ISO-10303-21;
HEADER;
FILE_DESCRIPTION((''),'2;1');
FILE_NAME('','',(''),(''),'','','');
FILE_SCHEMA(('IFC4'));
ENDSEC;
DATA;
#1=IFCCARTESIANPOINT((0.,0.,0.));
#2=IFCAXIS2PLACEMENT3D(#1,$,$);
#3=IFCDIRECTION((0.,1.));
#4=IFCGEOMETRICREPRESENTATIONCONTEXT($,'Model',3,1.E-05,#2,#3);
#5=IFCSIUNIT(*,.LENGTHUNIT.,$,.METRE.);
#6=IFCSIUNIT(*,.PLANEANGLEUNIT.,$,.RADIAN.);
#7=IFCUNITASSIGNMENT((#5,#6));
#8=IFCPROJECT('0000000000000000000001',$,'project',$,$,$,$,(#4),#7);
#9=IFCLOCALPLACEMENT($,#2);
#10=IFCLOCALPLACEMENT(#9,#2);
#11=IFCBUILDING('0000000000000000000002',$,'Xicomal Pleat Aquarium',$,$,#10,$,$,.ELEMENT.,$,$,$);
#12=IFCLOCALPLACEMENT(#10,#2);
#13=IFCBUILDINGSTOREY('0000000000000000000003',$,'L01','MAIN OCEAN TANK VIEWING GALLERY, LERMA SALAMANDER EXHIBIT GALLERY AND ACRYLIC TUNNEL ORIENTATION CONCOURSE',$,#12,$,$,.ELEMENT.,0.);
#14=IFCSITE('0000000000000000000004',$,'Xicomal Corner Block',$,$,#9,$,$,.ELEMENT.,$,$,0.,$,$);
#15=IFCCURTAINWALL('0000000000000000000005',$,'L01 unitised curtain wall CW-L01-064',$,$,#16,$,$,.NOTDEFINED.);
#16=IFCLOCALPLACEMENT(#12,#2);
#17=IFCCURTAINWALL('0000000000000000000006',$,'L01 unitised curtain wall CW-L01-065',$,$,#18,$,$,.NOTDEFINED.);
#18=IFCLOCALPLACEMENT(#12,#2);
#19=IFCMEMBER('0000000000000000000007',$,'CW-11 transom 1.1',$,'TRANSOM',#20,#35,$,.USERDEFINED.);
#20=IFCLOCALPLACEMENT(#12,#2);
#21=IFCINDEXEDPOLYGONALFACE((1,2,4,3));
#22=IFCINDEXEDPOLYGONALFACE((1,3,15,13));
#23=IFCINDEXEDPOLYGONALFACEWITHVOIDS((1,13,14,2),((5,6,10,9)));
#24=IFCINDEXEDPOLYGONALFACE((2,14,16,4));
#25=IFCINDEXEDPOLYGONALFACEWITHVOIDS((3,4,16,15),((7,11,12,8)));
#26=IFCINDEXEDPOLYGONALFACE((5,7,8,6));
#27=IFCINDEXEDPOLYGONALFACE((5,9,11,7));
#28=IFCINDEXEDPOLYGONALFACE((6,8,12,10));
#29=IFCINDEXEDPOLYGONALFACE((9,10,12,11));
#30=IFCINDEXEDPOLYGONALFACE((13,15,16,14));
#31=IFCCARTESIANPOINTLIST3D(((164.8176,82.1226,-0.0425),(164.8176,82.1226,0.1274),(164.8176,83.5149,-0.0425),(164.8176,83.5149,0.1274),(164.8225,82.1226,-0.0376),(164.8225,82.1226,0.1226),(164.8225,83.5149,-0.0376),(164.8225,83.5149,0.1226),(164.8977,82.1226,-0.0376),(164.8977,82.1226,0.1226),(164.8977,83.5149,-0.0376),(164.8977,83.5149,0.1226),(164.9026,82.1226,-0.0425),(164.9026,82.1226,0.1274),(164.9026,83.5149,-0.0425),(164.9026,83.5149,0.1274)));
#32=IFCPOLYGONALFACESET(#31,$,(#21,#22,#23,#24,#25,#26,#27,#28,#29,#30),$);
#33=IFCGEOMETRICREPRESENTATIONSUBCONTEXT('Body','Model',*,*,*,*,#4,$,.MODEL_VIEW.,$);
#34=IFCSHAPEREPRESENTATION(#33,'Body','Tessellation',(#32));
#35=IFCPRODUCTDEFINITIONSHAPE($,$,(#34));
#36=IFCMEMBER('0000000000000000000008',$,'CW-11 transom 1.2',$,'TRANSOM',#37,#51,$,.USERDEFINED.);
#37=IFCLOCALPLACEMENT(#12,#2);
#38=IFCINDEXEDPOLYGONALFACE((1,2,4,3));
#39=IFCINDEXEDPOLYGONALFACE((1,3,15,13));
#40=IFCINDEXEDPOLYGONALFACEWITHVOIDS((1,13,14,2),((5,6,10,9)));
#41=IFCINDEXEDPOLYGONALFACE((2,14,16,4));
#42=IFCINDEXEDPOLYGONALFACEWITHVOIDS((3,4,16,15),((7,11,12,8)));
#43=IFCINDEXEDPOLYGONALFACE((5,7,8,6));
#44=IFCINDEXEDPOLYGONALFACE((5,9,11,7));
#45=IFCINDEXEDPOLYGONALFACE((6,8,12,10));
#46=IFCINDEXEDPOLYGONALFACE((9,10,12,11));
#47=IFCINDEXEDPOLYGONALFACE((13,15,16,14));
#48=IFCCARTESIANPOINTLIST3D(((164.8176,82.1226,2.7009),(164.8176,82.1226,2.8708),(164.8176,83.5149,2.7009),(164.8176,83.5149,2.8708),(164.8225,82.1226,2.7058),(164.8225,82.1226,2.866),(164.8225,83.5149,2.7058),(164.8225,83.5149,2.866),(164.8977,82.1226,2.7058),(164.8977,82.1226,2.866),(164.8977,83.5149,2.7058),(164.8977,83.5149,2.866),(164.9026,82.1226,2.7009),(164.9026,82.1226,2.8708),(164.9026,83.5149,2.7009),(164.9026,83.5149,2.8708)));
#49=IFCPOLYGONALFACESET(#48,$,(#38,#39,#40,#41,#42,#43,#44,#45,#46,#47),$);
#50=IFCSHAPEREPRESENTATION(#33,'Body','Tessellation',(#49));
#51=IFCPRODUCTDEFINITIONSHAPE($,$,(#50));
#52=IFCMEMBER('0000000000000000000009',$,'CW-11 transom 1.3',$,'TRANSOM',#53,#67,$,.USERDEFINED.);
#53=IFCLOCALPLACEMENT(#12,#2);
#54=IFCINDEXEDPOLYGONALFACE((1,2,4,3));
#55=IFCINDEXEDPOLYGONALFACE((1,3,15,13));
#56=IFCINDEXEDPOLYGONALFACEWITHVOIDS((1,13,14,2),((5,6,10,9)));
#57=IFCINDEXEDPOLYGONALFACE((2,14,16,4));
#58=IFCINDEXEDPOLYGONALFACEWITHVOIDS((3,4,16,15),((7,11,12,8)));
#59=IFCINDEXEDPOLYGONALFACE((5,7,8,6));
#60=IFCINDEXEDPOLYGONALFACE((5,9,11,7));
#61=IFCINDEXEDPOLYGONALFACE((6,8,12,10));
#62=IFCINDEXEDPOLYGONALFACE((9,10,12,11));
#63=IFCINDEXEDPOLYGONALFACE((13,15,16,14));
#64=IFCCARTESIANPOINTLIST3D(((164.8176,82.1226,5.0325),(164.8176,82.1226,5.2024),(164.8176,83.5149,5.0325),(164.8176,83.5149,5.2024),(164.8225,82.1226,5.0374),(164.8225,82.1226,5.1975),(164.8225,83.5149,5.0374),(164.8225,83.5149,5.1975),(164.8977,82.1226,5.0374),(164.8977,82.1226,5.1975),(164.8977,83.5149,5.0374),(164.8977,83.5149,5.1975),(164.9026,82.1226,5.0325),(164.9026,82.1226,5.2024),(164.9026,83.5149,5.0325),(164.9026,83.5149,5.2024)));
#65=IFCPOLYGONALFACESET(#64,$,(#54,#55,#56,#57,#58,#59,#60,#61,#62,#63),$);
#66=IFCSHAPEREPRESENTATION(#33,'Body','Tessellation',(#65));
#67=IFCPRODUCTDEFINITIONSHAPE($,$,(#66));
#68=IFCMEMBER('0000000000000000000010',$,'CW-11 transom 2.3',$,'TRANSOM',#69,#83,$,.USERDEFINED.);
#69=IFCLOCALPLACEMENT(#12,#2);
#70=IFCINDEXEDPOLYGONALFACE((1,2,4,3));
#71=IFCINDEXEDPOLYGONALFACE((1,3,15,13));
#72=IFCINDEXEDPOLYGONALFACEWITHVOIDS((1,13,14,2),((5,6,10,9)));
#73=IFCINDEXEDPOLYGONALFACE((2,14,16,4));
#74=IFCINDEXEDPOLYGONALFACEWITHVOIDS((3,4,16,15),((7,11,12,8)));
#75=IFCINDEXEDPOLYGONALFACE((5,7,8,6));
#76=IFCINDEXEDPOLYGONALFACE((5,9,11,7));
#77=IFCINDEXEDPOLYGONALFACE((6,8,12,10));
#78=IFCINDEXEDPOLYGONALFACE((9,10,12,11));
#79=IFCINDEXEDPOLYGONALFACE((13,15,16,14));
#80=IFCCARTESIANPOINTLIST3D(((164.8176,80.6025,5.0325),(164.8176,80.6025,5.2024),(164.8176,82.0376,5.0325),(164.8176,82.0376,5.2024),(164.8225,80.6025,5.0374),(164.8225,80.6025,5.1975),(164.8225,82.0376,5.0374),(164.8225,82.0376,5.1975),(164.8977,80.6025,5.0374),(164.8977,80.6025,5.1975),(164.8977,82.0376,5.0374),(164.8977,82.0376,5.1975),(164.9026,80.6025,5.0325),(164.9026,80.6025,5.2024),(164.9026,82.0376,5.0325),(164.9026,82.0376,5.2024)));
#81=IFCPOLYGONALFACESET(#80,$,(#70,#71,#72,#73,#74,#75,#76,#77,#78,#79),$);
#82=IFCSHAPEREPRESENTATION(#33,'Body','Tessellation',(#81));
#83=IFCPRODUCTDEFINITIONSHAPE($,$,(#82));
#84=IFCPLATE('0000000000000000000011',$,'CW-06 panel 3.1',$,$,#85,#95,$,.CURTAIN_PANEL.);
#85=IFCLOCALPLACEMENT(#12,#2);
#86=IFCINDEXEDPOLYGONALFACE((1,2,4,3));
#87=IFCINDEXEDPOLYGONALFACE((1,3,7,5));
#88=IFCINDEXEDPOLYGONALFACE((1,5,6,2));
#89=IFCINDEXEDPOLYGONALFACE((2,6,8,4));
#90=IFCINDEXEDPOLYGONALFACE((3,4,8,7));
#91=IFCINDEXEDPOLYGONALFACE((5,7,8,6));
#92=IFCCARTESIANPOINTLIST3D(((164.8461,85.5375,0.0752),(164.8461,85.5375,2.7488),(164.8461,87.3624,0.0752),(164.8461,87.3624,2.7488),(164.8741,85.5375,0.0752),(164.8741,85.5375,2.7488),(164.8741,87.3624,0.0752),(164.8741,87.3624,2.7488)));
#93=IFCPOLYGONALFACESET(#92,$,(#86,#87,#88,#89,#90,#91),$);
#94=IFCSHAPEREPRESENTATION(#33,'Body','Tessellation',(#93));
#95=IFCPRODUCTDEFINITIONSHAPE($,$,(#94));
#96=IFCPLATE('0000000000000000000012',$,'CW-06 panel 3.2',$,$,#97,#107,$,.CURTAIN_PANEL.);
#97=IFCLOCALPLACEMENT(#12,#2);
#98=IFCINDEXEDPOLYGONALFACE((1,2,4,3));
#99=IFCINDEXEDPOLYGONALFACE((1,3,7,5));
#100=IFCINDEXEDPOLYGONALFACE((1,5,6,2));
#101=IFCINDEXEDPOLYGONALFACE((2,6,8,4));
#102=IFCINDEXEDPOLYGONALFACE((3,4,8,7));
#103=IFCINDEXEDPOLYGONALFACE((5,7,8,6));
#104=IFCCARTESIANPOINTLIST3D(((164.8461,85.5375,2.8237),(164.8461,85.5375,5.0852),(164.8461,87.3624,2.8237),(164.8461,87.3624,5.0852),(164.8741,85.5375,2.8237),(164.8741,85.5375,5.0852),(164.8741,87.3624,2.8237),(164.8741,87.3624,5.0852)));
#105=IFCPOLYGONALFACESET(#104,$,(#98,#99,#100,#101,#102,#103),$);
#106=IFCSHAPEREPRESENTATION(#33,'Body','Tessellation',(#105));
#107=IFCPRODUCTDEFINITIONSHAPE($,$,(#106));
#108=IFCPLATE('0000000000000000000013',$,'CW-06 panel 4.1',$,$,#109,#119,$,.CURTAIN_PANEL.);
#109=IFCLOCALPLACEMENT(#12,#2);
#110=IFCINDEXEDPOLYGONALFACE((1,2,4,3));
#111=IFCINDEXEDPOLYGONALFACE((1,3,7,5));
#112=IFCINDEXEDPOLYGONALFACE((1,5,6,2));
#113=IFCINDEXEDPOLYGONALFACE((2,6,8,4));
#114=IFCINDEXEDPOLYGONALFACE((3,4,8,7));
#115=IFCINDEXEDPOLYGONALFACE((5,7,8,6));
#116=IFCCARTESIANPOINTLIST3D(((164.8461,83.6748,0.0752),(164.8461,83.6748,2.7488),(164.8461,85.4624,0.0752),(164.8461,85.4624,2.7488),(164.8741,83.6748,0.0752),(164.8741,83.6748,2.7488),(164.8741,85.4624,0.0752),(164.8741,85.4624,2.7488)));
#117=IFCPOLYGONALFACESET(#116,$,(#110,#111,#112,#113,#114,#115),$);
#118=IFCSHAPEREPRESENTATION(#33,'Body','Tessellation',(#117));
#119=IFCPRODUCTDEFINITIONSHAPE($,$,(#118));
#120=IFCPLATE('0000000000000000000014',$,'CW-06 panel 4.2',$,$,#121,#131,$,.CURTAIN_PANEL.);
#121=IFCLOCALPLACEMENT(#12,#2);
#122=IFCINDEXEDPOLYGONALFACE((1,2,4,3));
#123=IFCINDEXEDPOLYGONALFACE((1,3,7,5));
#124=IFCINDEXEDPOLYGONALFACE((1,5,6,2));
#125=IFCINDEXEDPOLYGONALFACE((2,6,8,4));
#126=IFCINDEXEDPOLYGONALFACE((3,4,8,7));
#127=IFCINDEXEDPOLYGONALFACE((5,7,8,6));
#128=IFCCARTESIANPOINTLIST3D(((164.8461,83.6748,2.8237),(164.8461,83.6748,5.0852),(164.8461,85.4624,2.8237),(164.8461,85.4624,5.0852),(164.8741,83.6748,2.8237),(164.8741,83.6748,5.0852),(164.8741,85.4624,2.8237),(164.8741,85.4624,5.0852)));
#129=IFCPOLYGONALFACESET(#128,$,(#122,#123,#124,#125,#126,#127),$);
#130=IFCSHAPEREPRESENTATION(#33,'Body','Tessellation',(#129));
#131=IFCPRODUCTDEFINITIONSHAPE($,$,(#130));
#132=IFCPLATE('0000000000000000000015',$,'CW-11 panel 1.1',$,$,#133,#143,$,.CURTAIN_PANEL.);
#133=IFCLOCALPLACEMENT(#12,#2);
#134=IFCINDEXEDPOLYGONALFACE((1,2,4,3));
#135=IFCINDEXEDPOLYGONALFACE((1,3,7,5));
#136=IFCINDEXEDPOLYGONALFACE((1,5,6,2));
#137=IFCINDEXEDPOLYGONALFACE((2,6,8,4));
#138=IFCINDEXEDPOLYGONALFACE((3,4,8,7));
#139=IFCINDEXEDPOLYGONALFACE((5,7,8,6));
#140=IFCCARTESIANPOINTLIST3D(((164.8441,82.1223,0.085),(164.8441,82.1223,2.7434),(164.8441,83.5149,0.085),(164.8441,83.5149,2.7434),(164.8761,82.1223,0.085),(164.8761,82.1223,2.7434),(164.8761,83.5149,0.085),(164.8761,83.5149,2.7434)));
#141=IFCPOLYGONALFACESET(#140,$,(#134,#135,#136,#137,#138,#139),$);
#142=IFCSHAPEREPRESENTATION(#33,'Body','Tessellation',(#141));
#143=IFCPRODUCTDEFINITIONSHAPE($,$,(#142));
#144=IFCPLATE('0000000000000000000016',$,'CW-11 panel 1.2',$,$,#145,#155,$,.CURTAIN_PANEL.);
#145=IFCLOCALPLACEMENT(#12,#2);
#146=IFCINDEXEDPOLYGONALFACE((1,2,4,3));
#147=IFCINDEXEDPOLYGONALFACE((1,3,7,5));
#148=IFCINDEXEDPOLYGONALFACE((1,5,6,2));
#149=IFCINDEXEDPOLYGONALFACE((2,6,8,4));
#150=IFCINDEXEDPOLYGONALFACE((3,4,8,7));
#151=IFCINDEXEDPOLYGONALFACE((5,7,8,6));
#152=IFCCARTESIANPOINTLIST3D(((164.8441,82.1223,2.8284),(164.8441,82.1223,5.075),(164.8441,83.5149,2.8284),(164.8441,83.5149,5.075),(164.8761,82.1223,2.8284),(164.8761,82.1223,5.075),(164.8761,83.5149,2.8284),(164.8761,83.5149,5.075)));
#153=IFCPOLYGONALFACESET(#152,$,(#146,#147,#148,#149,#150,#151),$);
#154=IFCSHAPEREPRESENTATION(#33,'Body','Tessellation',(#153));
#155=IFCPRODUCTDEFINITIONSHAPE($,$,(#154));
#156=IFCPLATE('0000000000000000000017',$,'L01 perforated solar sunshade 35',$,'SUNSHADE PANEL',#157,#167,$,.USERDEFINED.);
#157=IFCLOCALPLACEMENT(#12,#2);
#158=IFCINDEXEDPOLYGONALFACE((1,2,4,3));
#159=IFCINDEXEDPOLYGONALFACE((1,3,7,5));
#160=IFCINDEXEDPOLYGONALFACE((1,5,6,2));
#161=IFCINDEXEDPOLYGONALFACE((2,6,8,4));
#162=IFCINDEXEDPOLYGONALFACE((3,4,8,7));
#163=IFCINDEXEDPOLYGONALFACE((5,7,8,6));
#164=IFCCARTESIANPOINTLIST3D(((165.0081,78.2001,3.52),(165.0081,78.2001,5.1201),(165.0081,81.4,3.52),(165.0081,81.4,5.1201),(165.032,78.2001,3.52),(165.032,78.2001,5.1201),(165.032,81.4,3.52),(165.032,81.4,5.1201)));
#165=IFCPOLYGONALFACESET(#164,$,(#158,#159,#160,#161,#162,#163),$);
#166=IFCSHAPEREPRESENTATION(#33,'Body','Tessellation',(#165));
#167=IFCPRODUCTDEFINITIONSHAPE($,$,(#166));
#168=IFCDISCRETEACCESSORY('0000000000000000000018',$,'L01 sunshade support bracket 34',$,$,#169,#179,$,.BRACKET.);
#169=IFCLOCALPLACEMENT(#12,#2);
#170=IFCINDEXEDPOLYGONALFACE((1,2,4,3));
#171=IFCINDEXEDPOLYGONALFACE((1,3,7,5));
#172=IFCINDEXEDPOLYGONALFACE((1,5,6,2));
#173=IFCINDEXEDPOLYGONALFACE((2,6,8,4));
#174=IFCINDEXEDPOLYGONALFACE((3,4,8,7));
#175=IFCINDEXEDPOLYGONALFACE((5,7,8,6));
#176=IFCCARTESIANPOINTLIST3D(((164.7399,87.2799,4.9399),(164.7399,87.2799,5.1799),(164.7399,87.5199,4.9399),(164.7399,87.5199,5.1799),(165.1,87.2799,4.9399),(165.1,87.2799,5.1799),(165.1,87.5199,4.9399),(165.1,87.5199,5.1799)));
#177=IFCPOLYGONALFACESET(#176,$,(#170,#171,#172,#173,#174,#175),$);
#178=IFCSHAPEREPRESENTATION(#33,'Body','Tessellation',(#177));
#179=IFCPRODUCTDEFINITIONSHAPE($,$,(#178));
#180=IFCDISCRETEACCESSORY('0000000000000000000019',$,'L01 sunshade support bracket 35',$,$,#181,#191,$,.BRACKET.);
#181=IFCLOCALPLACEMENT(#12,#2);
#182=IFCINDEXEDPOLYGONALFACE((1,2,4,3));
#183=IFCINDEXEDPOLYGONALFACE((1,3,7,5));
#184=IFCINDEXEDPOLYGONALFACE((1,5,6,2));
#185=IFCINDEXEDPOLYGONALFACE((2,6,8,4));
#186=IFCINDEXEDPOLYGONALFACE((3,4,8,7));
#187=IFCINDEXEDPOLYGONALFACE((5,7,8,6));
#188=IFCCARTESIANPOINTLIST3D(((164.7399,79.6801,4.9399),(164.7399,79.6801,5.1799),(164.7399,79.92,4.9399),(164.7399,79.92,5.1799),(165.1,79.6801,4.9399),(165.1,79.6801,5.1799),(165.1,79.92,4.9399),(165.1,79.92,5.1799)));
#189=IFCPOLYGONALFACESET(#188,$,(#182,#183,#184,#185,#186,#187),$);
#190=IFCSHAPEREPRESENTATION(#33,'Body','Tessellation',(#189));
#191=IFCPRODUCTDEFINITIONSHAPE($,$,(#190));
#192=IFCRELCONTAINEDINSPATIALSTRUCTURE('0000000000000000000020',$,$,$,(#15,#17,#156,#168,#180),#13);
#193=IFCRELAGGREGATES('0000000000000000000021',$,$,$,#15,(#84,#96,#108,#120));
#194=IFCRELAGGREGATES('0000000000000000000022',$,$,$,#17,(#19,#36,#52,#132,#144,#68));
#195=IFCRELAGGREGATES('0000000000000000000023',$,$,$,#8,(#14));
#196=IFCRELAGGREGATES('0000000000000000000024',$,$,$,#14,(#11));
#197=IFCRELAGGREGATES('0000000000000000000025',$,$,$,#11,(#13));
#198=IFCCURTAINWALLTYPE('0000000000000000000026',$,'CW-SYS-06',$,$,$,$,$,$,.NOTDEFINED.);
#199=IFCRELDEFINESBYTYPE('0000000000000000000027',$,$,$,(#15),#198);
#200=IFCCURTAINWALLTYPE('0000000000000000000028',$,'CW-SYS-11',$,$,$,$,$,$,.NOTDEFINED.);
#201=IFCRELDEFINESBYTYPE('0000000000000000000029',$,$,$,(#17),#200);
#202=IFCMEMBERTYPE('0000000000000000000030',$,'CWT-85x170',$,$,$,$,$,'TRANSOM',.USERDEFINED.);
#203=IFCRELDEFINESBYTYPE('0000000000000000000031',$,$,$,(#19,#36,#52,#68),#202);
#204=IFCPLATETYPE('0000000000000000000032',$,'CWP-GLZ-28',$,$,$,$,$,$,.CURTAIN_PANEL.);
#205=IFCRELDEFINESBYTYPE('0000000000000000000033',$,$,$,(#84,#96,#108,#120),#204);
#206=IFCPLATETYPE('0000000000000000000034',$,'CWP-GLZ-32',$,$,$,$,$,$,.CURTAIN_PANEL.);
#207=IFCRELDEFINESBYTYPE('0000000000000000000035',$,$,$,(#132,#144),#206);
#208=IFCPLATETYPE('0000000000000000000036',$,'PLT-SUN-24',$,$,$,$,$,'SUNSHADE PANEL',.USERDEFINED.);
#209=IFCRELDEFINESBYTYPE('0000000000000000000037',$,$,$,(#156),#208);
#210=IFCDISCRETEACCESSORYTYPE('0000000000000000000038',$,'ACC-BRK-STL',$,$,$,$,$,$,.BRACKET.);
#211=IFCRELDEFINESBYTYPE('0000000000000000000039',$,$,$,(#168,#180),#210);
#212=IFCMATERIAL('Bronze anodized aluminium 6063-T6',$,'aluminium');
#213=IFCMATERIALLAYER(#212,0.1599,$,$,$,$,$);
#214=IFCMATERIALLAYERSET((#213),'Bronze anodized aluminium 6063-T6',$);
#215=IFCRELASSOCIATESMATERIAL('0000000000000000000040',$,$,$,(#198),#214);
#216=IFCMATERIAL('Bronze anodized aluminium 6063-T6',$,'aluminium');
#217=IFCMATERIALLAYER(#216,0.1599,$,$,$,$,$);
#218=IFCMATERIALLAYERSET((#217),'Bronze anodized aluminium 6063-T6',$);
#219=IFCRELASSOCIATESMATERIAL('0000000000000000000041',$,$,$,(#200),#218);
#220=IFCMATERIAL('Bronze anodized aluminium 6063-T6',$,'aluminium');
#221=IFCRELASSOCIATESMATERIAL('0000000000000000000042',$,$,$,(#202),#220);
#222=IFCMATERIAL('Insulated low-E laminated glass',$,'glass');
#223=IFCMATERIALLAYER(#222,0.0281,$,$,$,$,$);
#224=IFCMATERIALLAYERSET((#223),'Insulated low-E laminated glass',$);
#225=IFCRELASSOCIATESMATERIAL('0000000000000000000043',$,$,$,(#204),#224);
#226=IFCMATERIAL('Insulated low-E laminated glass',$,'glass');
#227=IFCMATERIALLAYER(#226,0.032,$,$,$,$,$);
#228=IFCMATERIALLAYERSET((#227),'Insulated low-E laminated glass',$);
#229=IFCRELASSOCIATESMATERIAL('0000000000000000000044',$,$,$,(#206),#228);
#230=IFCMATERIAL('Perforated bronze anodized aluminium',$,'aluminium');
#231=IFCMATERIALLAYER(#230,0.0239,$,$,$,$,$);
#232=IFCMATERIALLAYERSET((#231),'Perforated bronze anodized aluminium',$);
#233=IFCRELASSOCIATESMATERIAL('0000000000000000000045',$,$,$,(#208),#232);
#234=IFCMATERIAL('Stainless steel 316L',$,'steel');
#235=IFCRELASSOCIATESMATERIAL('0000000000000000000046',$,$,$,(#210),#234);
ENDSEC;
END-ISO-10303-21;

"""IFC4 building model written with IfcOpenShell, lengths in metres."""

from ifc_helpers import new_model, si_unit, direction, frame, origin, origin_2d, place, context, subcontext, project, spatial, rectangle, hollow_rectangle, extrude, material, layer, layer_set, material_profile, profile_set, type_object, element, aggregate, save


model = new_model("IFC4")

# Units and contexts
model_context = context("Model", 3, precision=1e-05, world=origin(), true_north=direction((0.0, 1.0)))
body_context = subcontext(model_context, "Body", "Model", "MODEL_VIEW")
ifc_project = project(units=[si_unit("LENGTHUNIT", "METRE"), si_unit("PLANEANGLEUNIT", "RADIAN")], contexts=[model_context])

# Site, building, storey
site_placement = place(None, origin())
site = spatial("IfcSite", under=ifc_project, at=site_placement, Name="Xicomal Corner Block", CompositionType="ELEMENT", RefElevation=0.0)
building_placement = place(site_placement, origin())
building = spatial("IfcBuilding", under=site, at=building_placement, Name="Xicomal Pleat Aquarium", CompositionType="ELEMENT")
storey_placement = place(building_placement, origin())
storey = spatial("IfcBuildingStorey", under=building, at=storey_placement, Name="L01", Description="MAIN OCEAN TANK VIEWING GALLERY, LERMA SALAMANDER EXHIBIT GALLERY AND ACRYLIC TUNNEL ORIENTATION CONCOURSE", CompositionType="ELEMENT", Elevation=0.0)

# Curtain wall
ifc_material_1 = material(Name="Bronze anodized aluminium 6063-T6", Category="aluminium")
ifc_layer_1 = layer(ifc_material_1, 0.1599)
ifc_layer_set_1 = layer_set([ifc_layer_1], Name="Bronze anodized aluminium 6063-T6")
curtain_wall_type_1 = type_object("IfcCurtainWallType", Name="CW-SYS-06", PredefinedType="NOTDEFINED", material=ifc_layer_set_1)
curtain_wall_1_placement = place(storey_placement, origin())
curtain_wall_1 = element("IfcCurtainWall", 1, at=curtain_wall_1_placement, inside=storey, type_object=curtain_wall_type_1, Name="L01 unitised curtain wall CW-L01-064", PredefinedType="NOTDEFINED")

# Curtain wall
ifc_material_2 = material(Name="Bronze anodized aluminium 6063-T6", Category="aluminium")
ifc_layer_2 = layer(ifc_material_2, 0.1599)
ifc_layer_set_2 = layer_set([ifc_layer_2], Name="Bronze anodized aluminium 6063-T6")
curtain_wall_type_2 = type_object("IfcCurtainWallType", Name="CW-SYS-11", PredefinedType="NOTDEFINED", material=ifc_layer_set_2)
curtain_wall_2_placement = place(storey_placement, origin())
curtain_wall_2 = element("IfcCurtainWall", 2, at=curtain_wall_2_placement, inside=storey, type_object=curtain_wall_type_2, Name="L01 unitised curtain wall CW-L01-065", PredefinedType="NOTDEFINED")

# Members
ifc_material_3 = material(Name="Bronze anodized aluminium 6063-T6", Category="aluminium")
ifc_material_profile_1 = material_profile(ifc_material_3, hollow_rectangle(XDim=0.085, YDim=0.1699, WallThickness=0.0049, at=origin_2d()), Name="ALU TRAN 85x170")
ifc_profile_set_1 = profile_set([ifc_material_profile_1], Name="Bronze anodized aluminium 6063-T6")
member_type_1 = type_object("IfcMemberType", Name="CWT-85x170", ElementType="TRANSOM", PredefinedType="USERDEFINED", material=ifc_profile_set_1)
member_1_placement = place(storey_placement, frame((164.8601, 83.5149, 0.0425), z_axis=(0.0, -1.0, 0.0), x_axis=(1.0, 0.0, 0.0)))
member_1 = element("IfcMember", 3, at=member_1_placement, type_object=member_type_1, Name="CW-11 transom 1.1", ObjectType="TRANSOM", PredefinedType="USERDEFINED", context=body_context, shape_type="SweptSolid", body=[
    extrude(hollow_rectangle(XDim=0.085, YDim=0.1699, WallThickness=0.0049, at=origin_2d()), origin(), (0.0, 0.0, 1.0), 1.3923),
])
member_2_placement = place(storey_placement, frame((164.8601, 83.5149, 2.7859), z_axis=(0.0, -1.0, 0.0), x_axis=(1.0, 0.0, 0.0)))
member_2 = element("IfcMember", 4, at=member_2_placement, type_object=member_type_1, Name="CW-11 transom 1.2", ObjectType="TRANSOM", PredefinedType="USERDEFINED", context=body_context, shape_type="SweptSolid", body=[
    extrude(hollow_rectangle(XDim=0.085, YDim=0.1699, WallThickness=0.0049, at=origin_2d()), origin(), (0.0, 0.0, 1.0), 1.3923),
])
member_3_placement = place(storey_placement, frame((164.8601, 83.5149, 5.1174), z_axis=(0.0, -1.0, 0.0), x_axis=(1.0, 0.0, 0.0)))
member_3 = element("IfcMember", 5, at=member_3_placement, type_object=member_type_1, Name="CW-11 transom 1.3", ObjectType="TRANSOM", PredefinedType="USERDEFINED", context=body_context, shape_type="SweptSolid", body=[
    extrude(hollow_rectangle(XDim=0.085, YDim=0.1699, WallThickness=0.0049, at=origin_2d()), origin(), (0.0, 0.0, 1.0), 1.3923),
])
member_4_placement = place(storey_placement, frame((164.8601, 82.0376, 5.1174), z_axis=(0.0, -1.0, 0.0), x_axis=(1.0, 0.0, 0.0)))
member_4 = element("IfcMember", 6, at=member_4_placement, type_object=member_type_1, Name="CW-11 transom 2.3", ObjectType="TRANSOM", PredefinedType="USERDEFINED", context=body_context, shape_type="SweptSolid", body=[
    extrude(hollow_rectangle(XDim=0.085, YDim=0.1699, WallThickness=0.0049, at=origin_2d()), origin(), (0.0, 0.0, 1.0), 1.4351),
])

# Plates
ifc_material_4 = material(Name="Insulated low-E laminated glass", Category="glass")
ifc_layer_3 = layer(ifc_material_4, 0.0281)
ifc_layer_set_3 = layer_set([ifc_layer_3], Name="Insulated low-E laminated glass")
plate_type_1 = type_object("IfcPlateType", Name="CWP-GLZ-28", PredefinedType="CURTAIN_PANEL", material=ifc_layer_set_3)
plate_1_placement = place(storey_placement, frame((164.8601, 86.45, 0.0752), z_axis=(0.0, 0.0, 1.0), x_axis=(0.0, -1.0, 0.0)))
plate_1 = element("IfcPlate", 7, at=plate_1_placement, type_object=plate_type_1, Name="CW-06 panel 3.1", PredefinedType="CURTAIN_PANEL", context=body_context, shape_type="SweptSolid", body=[
    extrude(rectangle(XDim=1.825, YDim=0.0281, at=origin_2d()), origin(), (0.0, 0.0, 1.0), 2.6736),
])
plate_2_placement = place(storey_placement, frame((164.8601, 86.45, 2.8237), z_axis=(0.0, 0.0, 1.0), x_axis=(0.0, -1.0, 0.0)))
plate_2 = element("IfcPlate", 8, at=plate_2_placement, type_object=plate_type_1, Name="CW-06 panel 3.2", PredefinedType="CURTAIN_PANEL", context=body_context, shape_type="SweptSolid", body=[
    extrude(rectangle(XDim=1.825, YDim=0.0281, at=origin_2d()), origin(), (0.0, 0.0, 1.0), 2.2615),
])
plate_3_placement = place(storey_placement, frame((164.8601, 84.5686, 0.0752), z_axis=(0.0, 0.0, 1.0), x_axis=(0.0, -1.0, 0.0)))
plate_3 = element("IfcPlate", 9, at=plate_3_placement, type_object=plate_type_1, Name="CW-06 panel 4.1", PredefinedType="CURTAIN_PANEL", context=body_context, shape_type="SweptSolid", body=[
    extrude(rectangle(XDim=1.7876, YDim=0.0281, at=origin_2d()), origin(), (0.0, 0.0, 1.0), 2.6736),
])
plate_4_placement = place(storey_placement, frame((164.8601, 84.5686, 2.8237), z_axis=(0.0, 0.0, 1.0), x_axis=(0.0, -1.0, 0.0)))
plate_4 = element("IfcPlate", 10, at=plate_4_placement, type_object=plate_type_1, Name="CW-06 panel 4.2", PredefinedType="CURTAIN_PANEL", context=body_context, shape_type="SweptSolid", body=[
    extrude(rectangle(XDim=1.7876, YDim=0.0281, at=origin_2d()), origin(), (0.0, 0.0, 1.0), 2.2615),
])
aggregate(curtain_wall_1, [plate_1, plate_2, plate_3, plate_4])
ifc_material_5 = material(Name="Insulated low-E laminated glass", Category="glass")
ifc_layer_4 = layer(ifc_material_5, 0.032)
ifc_layer_set_4 = layer_set([ifc_layer_4], Name="Insulated low-E laminated glass")
plate_type_2 = type_object("IfcPlateType", Name="CWP-GLZ-32", PredefinedType="CURTAIN_PANEL", material=ifc_layer_set_4)
plate_5_placement = place(storey_placement, frame((164.8601, 82.8186, 0.085), z_axis=(0.0, 0.0, 1.0), x_axis=(0.0, -1.0, 0.0)))
plate_5 = element("IfcPlate", 11, at=plate_5_placement, type_object=plate_type_2, Name="CW-11 panel 1.1", PredefinedType="CURTAIN_PANEL", context=body_context, shape_type="SweptSolid", body=[
    extrude(rectangle(XDim=1.3926, YDim=0.032, at=origin_2d()), origin(), (0.0, 0.0, 1.0), 2.6584),
])
plate_6_placement = place(storey_placement, frame((164.8601, 82.8186, 2.8284), z_axis=(0.0, 0.0, 1.0), x_axis=(0.0, -1.0, 0.0)))
plate_6 = element("IfcPlate", 12, at=plate_6_placement, type_object=plate_type_2, Name="CW-11 panel 1.2", PredefinedType="CURTAIN_PANEL", context=body_context, shape_type="SweptSolid", body=[
    extrude(rectangle(XDim=1.3926, YDim=0.032, at=origin_2d()), origin(), (0.0, 0.0, 1.0), 2.2466),
])
aggregate(curtain_wall_2, [member_1, member_2, member_3, plate_5, plate_6, member_4])
ifc_material_6 = material(Name="Perforated bronze anodized aluminium", Category="aluminium")
ifc_layer_5 = layer(ifc_material_6, 0.0239)
ifc_layer_set_5 = layer_set([ifc_layer_5], Name="Perforated bronze anodized aluminium")
plate_type_3 = type_object("IfcPlateType", Name="PLT-SUN-24", ElementType="SUNSHADE PANEL", PredefinedType="USERDEFINED", material=ifc_layer_set_5)
plate_7_placement = place(storey_placement, frame((165.02, 79.8, 3.52), z_axis=(0.0, 0.0, 1.0), x_axis=(0.0, -1.0, 0.0)))
element("IfcPlate", 13, at=plate_7_placement, inside=storey, type_object=plate_type_3, Name="L01 perforated solar sunshade 35", ObjectType="SUNSHADE PANEL", PredefinedType="USERDEFINED", context=body_context, shape_type="SweptSolid", body=[
    extrude(rectangle(XDim=3.2, YDim=0.0239, at=origin_2d()), origin(), (0.0, 0.0, 1.0), 1.6001),
])

# Discrete accessories
ifc_material_7 = material(Name="Stainless steel 316L", Category="steel")
discrete_accessory_type = type_object("IfcDiscreteAccessoryType", Name="ACC-BRK-STL", PredefinedType="BRACKET", material=ifc_material_7)
for number, where, z_axis, x_axis, name in (
    (14, (164.9199, 87.3999, 4.9399), (0.0, 0.0, 1.0), (0.0, -1.0, 0.0), "L01 sunshade support bracket 34"),
    (15, (164.9199, 79.8, 4.9399), (0.0, 0.0, 1.0), (0.0, -1.0, 0.0), "L01 sunshade support bracket 35"),
):
    element("IfcDiscreteAccessory", number, at=place(storey_placement, frame(where, z_axis=z_axis, x_axis=x_axis)), inside=storey, type_object=discrete_accessory_type, Name=name, PredefinedType="BRACKET", context=body_context, shape_type="SweptSolid", body=[
        extrude(rectangle(XDim=0.24, YDim=0.3601, at=origin_2d()), origin(), (0.0, 0.0, 1.0), 0.24),
    ])

save(model, "model.ifc")
